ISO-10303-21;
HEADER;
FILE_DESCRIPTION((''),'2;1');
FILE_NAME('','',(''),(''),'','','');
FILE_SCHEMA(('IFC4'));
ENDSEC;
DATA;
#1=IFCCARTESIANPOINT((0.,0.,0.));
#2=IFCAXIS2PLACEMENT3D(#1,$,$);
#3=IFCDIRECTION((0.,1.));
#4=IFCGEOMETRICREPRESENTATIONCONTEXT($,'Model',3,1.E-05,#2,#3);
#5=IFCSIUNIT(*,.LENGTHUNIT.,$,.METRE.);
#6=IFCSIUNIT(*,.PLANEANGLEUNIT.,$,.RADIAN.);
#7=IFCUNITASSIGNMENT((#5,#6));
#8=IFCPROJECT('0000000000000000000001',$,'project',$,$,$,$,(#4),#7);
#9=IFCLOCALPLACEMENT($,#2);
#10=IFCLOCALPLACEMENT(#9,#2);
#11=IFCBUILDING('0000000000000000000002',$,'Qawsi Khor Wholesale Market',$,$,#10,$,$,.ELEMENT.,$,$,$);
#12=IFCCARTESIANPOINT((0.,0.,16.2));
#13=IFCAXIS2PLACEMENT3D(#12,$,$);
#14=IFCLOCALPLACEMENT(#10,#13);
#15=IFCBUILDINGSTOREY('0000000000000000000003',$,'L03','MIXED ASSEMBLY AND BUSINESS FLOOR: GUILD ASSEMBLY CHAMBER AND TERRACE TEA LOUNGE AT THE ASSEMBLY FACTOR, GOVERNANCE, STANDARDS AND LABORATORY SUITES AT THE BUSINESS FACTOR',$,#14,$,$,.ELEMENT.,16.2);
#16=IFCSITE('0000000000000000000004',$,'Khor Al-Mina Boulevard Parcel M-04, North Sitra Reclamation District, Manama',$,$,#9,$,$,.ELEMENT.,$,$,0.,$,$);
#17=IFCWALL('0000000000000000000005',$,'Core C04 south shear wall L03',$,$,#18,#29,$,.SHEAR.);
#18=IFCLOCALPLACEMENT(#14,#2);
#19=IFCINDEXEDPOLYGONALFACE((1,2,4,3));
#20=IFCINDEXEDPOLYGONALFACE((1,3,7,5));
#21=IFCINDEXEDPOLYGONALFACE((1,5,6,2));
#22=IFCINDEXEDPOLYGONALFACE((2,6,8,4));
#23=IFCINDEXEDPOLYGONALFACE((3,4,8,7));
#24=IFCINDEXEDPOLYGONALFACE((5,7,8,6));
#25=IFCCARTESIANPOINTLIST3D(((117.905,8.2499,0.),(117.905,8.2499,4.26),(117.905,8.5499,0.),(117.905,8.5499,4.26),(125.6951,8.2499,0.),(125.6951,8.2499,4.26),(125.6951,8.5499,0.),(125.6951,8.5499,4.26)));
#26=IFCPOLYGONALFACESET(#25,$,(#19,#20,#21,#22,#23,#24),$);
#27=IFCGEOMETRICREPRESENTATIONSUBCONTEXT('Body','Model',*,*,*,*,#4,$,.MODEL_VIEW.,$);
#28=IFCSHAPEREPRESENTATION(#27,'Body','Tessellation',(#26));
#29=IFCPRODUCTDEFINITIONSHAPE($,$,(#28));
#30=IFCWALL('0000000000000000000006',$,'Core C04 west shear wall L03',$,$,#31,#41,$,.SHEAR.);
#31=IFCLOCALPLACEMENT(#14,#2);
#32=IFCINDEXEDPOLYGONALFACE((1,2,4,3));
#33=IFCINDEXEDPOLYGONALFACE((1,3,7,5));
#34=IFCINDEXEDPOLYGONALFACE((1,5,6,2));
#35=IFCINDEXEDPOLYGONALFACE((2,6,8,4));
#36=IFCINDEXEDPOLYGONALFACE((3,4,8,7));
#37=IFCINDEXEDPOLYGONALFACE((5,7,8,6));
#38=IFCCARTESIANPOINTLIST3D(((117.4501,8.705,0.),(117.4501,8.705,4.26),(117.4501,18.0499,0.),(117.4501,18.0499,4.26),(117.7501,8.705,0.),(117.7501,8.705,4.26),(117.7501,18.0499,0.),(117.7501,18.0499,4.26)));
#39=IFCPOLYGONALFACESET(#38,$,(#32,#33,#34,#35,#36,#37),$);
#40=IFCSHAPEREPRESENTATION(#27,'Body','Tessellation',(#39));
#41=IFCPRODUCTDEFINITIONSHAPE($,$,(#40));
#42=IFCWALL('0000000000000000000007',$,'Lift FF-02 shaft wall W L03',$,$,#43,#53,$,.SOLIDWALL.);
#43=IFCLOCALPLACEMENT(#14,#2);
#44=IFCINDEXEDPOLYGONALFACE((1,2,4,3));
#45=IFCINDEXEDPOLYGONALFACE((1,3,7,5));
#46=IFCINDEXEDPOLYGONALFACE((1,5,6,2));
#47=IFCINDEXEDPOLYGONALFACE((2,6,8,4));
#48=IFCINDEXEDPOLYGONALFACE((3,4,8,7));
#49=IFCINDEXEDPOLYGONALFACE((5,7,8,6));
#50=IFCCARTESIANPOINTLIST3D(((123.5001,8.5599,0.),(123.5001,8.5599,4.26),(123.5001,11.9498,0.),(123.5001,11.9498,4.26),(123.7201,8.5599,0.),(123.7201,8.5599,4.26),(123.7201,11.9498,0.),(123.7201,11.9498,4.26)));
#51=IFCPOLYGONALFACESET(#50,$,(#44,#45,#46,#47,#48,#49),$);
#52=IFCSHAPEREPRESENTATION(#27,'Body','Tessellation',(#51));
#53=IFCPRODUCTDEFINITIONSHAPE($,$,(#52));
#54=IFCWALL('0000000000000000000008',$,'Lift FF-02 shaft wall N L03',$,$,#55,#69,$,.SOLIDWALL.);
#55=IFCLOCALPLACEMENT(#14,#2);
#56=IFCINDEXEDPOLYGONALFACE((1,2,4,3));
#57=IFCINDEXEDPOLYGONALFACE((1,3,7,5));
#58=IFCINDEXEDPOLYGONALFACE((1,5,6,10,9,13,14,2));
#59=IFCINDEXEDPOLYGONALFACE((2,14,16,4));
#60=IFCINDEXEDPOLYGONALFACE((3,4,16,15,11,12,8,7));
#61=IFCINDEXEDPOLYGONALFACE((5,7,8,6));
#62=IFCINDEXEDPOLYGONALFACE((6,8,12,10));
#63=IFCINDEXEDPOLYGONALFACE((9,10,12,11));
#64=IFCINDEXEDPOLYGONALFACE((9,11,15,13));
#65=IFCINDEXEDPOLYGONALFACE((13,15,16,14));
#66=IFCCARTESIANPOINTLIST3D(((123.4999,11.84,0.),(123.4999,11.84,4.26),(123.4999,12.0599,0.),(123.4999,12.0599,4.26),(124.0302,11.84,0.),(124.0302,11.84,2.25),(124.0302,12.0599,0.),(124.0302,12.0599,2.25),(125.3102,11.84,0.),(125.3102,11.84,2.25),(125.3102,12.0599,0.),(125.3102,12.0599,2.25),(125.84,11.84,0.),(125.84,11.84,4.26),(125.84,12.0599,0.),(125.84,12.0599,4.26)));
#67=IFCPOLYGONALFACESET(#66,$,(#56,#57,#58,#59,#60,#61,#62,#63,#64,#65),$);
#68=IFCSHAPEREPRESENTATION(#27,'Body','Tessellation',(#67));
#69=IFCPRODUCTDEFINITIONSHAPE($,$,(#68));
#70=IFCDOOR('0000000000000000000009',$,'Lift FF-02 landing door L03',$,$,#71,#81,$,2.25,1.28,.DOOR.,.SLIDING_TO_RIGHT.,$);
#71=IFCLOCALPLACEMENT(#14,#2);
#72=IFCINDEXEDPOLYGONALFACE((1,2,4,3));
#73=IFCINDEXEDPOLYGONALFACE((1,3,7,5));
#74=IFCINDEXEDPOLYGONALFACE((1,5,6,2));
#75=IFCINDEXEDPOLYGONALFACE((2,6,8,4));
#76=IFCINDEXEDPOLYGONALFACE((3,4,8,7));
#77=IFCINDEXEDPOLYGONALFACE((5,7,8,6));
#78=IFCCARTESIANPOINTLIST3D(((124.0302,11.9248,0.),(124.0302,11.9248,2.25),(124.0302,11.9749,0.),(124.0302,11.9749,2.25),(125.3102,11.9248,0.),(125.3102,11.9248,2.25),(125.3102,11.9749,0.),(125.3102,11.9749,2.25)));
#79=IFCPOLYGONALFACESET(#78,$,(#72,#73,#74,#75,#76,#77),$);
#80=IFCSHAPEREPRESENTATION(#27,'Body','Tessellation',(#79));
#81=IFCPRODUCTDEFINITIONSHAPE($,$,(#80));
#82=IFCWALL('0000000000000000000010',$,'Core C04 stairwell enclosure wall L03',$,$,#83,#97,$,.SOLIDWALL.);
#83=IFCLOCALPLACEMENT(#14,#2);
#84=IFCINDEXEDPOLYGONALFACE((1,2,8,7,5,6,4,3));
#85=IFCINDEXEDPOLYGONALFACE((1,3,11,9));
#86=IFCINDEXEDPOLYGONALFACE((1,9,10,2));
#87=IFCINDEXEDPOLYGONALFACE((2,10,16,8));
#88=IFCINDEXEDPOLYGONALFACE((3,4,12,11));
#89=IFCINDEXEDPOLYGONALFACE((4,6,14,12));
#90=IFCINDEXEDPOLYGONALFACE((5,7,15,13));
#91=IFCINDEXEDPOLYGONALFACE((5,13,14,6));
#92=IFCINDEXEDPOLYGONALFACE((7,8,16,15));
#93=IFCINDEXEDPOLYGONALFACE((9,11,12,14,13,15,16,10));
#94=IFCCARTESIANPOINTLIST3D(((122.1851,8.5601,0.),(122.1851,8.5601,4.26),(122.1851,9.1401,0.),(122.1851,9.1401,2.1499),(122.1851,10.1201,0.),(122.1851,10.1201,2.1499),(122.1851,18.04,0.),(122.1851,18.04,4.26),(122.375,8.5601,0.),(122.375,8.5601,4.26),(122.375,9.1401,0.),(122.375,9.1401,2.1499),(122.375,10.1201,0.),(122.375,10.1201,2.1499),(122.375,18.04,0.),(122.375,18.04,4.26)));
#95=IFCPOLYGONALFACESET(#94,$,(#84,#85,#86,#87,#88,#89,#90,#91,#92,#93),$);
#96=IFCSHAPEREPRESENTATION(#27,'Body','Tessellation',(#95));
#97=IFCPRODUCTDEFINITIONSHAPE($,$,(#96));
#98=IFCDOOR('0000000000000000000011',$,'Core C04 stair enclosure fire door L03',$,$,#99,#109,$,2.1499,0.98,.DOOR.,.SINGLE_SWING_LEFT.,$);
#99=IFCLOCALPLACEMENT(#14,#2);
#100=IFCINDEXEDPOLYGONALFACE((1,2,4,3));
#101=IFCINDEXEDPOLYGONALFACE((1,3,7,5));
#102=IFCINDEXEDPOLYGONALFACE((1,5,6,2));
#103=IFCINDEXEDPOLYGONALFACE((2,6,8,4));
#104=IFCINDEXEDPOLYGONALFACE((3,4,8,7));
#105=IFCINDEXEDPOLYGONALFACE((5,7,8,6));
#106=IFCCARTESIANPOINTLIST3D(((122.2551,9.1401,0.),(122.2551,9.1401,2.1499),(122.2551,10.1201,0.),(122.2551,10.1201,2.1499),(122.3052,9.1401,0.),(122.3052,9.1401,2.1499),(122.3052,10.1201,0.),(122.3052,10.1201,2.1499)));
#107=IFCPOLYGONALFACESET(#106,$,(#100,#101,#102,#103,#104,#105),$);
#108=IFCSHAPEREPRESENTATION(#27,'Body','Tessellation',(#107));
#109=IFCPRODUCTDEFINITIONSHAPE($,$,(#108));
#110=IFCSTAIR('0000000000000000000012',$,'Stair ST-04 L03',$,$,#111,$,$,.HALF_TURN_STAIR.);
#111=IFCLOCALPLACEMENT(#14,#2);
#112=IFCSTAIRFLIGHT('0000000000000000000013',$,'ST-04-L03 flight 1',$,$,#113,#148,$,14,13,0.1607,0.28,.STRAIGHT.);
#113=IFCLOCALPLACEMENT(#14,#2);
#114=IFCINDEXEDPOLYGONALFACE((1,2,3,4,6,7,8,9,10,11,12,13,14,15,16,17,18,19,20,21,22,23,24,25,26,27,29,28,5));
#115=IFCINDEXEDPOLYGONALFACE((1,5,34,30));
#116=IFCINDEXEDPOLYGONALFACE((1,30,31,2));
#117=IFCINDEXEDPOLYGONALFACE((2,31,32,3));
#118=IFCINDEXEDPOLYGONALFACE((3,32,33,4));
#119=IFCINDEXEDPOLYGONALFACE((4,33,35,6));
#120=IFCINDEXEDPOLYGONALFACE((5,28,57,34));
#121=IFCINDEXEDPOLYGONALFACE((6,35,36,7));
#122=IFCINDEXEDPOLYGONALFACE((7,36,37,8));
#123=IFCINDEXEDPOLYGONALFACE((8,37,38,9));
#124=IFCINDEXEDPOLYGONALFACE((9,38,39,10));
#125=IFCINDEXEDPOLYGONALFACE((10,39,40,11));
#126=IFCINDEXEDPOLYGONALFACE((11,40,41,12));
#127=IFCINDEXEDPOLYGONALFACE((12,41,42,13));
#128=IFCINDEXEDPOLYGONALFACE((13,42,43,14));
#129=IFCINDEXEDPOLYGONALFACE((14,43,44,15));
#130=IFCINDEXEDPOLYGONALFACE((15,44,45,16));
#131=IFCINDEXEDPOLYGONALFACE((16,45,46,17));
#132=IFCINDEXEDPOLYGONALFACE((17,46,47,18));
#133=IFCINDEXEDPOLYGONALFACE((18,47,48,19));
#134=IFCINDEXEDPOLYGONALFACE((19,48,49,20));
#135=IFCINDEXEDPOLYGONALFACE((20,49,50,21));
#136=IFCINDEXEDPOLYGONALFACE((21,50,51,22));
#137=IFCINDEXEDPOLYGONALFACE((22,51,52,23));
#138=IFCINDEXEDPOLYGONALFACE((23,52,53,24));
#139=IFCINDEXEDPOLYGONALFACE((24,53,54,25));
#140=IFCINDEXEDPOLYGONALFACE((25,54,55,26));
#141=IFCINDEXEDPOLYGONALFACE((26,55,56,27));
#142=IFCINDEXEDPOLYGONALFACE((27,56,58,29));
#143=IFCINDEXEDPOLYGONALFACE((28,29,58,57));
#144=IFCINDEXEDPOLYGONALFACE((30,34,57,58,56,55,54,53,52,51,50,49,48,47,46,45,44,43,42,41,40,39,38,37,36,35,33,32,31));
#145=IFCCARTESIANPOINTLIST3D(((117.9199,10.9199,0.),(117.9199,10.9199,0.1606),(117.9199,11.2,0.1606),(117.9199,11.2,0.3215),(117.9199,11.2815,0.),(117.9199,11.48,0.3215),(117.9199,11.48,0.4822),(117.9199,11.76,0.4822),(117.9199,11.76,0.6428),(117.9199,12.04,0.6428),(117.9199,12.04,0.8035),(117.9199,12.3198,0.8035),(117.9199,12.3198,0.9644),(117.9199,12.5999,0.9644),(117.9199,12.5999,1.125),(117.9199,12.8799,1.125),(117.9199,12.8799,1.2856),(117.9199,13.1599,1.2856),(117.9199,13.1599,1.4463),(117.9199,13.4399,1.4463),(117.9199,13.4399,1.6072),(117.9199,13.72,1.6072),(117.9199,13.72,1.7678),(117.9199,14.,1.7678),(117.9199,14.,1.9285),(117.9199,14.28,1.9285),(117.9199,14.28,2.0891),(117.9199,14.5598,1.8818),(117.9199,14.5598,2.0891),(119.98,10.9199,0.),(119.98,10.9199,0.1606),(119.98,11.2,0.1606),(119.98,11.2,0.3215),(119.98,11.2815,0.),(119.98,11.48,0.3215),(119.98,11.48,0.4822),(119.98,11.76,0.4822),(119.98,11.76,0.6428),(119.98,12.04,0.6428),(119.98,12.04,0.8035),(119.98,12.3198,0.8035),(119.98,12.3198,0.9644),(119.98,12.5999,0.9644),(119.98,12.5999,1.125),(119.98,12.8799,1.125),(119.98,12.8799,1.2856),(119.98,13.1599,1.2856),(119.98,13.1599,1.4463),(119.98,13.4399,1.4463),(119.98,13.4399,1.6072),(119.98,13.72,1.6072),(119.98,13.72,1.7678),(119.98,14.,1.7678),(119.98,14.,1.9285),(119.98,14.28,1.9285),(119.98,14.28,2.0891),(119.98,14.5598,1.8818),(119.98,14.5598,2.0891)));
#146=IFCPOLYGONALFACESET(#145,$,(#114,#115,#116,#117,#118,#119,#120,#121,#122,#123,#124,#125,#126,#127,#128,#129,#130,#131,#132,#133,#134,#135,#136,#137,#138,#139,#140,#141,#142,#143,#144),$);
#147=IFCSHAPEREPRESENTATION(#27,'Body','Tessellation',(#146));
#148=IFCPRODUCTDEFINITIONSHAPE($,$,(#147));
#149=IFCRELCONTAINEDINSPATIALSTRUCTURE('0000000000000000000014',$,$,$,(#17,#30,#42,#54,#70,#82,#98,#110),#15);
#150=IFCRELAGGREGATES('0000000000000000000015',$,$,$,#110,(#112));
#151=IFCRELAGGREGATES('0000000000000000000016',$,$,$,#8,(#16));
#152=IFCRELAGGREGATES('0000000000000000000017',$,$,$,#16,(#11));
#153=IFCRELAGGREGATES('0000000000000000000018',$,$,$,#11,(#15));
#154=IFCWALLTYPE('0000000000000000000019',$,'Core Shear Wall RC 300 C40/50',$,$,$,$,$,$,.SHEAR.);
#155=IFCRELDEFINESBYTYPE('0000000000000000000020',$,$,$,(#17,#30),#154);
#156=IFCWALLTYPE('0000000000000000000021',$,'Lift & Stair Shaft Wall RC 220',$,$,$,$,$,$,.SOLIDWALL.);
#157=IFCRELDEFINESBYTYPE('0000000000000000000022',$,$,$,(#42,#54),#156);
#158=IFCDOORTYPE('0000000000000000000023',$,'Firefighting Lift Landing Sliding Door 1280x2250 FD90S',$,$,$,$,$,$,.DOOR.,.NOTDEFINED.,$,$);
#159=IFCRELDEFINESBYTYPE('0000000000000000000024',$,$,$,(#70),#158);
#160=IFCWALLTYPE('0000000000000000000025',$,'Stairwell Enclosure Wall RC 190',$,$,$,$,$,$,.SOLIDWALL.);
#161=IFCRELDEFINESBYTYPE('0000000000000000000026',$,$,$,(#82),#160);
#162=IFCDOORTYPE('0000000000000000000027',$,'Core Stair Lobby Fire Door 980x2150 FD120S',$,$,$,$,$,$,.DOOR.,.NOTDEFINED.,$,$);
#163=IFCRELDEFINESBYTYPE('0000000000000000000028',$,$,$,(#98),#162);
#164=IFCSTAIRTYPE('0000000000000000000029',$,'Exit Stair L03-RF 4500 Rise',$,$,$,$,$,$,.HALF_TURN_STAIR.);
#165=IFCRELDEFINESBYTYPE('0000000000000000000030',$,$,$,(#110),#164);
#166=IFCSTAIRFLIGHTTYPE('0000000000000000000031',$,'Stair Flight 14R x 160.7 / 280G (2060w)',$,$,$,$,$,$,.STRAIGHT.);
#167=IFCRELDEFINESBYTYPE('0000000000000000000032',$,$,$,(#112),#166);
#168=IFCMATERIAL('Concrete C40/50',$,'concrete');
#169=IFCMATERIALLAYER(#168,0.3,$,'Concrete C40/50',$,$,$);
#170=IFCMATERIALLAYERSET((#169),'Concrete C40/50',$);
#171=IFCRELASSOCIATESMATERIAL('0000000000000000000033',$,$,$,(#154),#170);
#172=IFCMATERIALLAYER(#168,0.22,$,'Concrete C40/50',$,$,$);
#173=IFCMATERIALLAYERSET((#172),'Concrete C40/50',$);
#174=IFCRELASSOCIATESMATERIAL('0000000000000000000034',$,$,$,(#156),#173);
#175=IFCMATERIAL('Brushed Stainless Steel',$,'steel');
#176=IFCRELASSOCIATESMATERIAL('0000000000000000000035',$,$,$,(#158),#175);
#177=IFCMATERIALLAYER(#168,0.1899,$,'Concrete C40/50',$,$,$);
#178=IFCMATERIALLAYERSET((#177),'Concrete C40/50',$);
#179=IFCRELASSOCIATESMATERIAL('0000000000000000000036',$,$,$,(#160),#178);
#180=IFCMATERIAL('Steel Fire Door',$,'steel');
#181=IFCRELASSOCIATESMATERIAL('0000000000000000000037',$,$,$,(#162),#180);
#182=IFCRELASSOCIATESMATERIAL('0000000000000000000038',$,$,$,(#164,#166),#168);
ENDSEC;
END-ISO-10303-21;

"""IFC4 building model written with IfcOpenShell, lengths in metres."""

from ifc_helpers import new_model, si_unit, direction, frame, frame_2d, origin, place, context, subcontext, project, spatial, polyline, rectangle, outline, extrude, material, layer, layer_set, type_object, element, fill, aggregate, save


model = new_model("IFC4")

# Units and contexts
model_context = context("Model", 3, precision=1e-05, world=origin(), true_north=direction((0.0, 1.0)))
body_context = subcontext(model_context, "Body", "Model", "MODEL_VIEW")
ifc_project = project(units=[si_unit("LENGTHUNIT", "METRE"), si_unit("PLANEANGLEUNIT", "RADIAN")], contexts=[model_context])

# Site, building, storey
site_placement = place(None, origin())
site = spatial("IfcSite", under=ifc_project, at=site_placement, Name="Khor Al-Mina Boulevard Parcel M-04, North Sitra Reclamation District, Manama", CompositionType="ELEMENT", RefElevation=0.0)
building_placement = place(site_placement, origin())
building = spatial("IfcBuilding", under=site, at=building_placement, Name="Qawsi Khor Wholesale Market", CompositionType="ELEMENT")
storey_placement = place(building_placement, frame((0.0, 0.0, 16.2)))
storey = spatial("IfcBuildingStorey", under=building, at=storey_placement, Name="L03", Description="MIXED ASSEMBLY AND BUSINESS FLOOR: GUILD ASSEMBLY CHAMBER AND TERRACE TEA LOUNGE AT THE ASSEMBLY FACTOR, GOVERNANCE, STANDARDS AND LABORATORY SUITES AT THE BUSINESS FACTOR", CompositionType="ELEMENT", Elevation=16.2)

# Shared definitions
ifc_material_1 = material(Name="Concrete C40/50", Category="concrete")

# Walls
ifc_layer_1 = layer(ifc_material_1, 0.3, Name="Concrete C40/50")
ifc_layer_set_1 = layer_set([ifc_layer_1], Name="Concrete C40/50")
wall_type_1 = type_object("IfcWallType", Name="Core Shear Wall RC 300 C40/50", PredefinedType="SHEAR", material=ifc_layer_set_1)
wall_1_placement = place(storey_placement, frame((125.6951, 8.3999, 0.0), z_axis=(0.0, 0.0, 1.0), x_axis=(-1.0, 0.0, 0.0)))
element("IfcWall", 1, at=wall_1_placement, inside=storey, type_object=wall_type_1, Name="Core C04 south shear wall L03", PredefinedType="SHEAR", context=body_context, shape_type="SweptSolid", body=[
    extrude(rectangle(XDim=7.79, YDim=0.3, at=frame_2d((3.895, 0.0))), origin(), (0.0, 0.0, 1.0), 4.26),
])
wall_2_placement = place(storey_placement, frame((117.6001, 8.7051, 0.0), z_axis=(0.0, 0.0, 1.0), x_axis=(0.0, 1.0, 0.0)))
element("IfcWall", 2, at=wall_2_placement, inside=storey, type_object=wall_type_1, Name="Core C04 west shear wall L03", PredefinedType="SHEAR", context=body_context, shape_type="SweptSolid", body=[
    extrude(rectangle(XDim=9.345, YDim=0.3, at=frame_2d((4.6724, 0.0))), origin(), (0.0, 0.0, 1.0), 4.26),
])
ifc_layer_2 = layer(ifc_material_1, 0.22, Name="Concrete C40/50")
ifc_layer_set_2 = layer_set([ifc_layer_2], Name="Concrete C40/50")
wall_type_2 = type_object("IfcWallType", Name="Lift & Stair Shaft Wall RC 220", PredefinedType="SOLIDWALL", material=ifc_layer_set_2)
wall_3_placement = place(storey_placement, frame((123.6101, 8.5601, 0.0), z_axis=(0.0, 0.0, 1.0), x_axis=(0.0, 1.0, 0.0)))
element("IfcWall", 3, at=wall_3_placement, inside=storey, type_object=wall_type_2, Name="Lift FF-02 shaft wall W L03", PredefinedType="SOLIDWALL", context=body_context, shape_type="SweptSolid", body=[
    extrude(rectangle(XDim=3.3899, YDim=0.22, at=frame_2d((1.6948, 0.0))), origin(), (0.0, 0.0, 1.0), 4.26),
])

# Walls, openings, doors
wall_4_placement = place(storey_placement, frame((123.5, 11.95, 0.0), z_axis=(0.0, 0.0, 1.0), x_axis=(1.0, 0.0, 0.0)))
wall_4 = element("IfcWall", 4, at=wall_4_placement, inside=storey, type_object=wall_type_2, Name="Lift FF-02 shaft wall N L03", PredefinedType="SOLIDWALL", context=body_context, shape_type="SweptSolid", body=[
    extrude(rectangle(XDim=2.3401, YDim=0.22, at=frame_2d((1.1699, 0.0))), origin(), (0.0, 0.0, 1.0), 4.26),
])
opening_1_placement = place(wall_4_placement, frame((0.53, 0.0, 0.0)))
opening_1 = element("IfcOpeningElement", 5, at=opening_1_placement, cuts=wall_4, PredefinedType="OPENING", context=body_context, shape_type="SweptSolid", body=[
    extrude(rectangle(XDim=1.28, YDim=2.25, at=frame_2d((0.6401, 1.125))), frame((0.0, 0.1199, 0.0), z_axis=(0.0, -1.0, 0.0), x_axis=(1.0, 0.0, 0.0)), (0.0, 0.0, 1.0), 0.24),
])
ifc_material_2 = material(Name="Brushed Stainless Steel", Category="steel")
door_type_1 = type_object("IfcDoorType", Name="Firefighting Lift Landing Sliding Door 1280x2250 FD90S", OperationType="NOTDEFINED", PredefinedType="DOOR", material=ifc_material_2)
door_1_placement = place(opening_1_placement, origin())
door_1 = element("IfcDoor", 6, at=door_1_placement, inside=storey, type_object=door_type_1, Name="Lift FF-02 landing door L03", OperationType="SLIDING_TO_RIGHT", OverallHeight=2.25, OverallWidth=1.28, PredefinedType="DOOR", context=body_context, shape_type="SweptSolid", body=[
    extrude(rectangle(XDim=1.28, YDim=2.25, at=frame_2d((0.6401, 1.125))), frame((0.0, 0.0249, 0.0), z_axis=(0.0, -1.0, 0.0), x_axis=(1.0, 0.0, 0.0)), (0.0, 0.0, 1.0), 0.05),
])
fill(opening_1, door_1)
ifc_layer_3 = layer(ifc_material_1, 0.1899, Name="Concrete C40/50")
ifc_layer_set_3 = layer_set([ifc_layer_3], Name="Concrete C40/50")
wall_type_3 = type_object("IfcWallType", Name="Stairwell Enclosure Wall RC 190", PredefinedType="SOLIDWALL", material=ifc_layer_set_3)
wall_5_placement = place(storey_placement, frame((122.28, 8.5601, 0.0), z_axis=(0.0, 0.0, 1.0), x_axis=(0.0, 1.0, 0.0)))
wall_5 = element("IfcWall", 7, at=wall_5_placement, inside=storey, type_object=wall_type_3, Name="Core C04 stairwell enclosure wall L03", PredefinedType="SOLIDWALL", context=body_context, shape_type="SweptSolid", body=[
    extrude(rectangle(XDim=9.48, YDim=0.1899, at=frame_2d((4.74, 0.0))), origin(), (0.0, 0.0, 1.0), 4.26),
])
opening_2_placement = place(wall_5_placement, frame((0.5801, 0.0, 0.0)))
opening_2 = element("IfcOpeningElement", 8, at=opening_2_placement, cuts=wall_5, PredefinedType="OPENING", context=body_context, shape_type="SweptSolid", body=[
    extrude(rectangle(XDim=0.98, YDim=2.1499, at=frame_2d((0.49, 1.075))), frame((0.0, 0.105, 0.0), z_axis=(0.0, -1.0, 0.0), x_axis=(1.0, 0.0, 0.0)), (0.0, 0.0, 1.0), 0.21),
])
ifc_material_3 = material(Name="Steel Fire Door", Category="steel")
door_type_2 = type_object("IfcDoorType", Name="Core Stair Lobby Fire Door 980x2150 FD120S", OperationType="NOTDEFINED", PredefinedType="DOOR", material=ifc_material_3)
door_2_placement = place(opening_2_placement, origin())
door_2 = element("IfcDoor", 9, at=door_2_placement, inside=storey, type_object=door_type_2, Name="Core C04 stair enclosure fire door L03", OperationType="SINGLE_SWING_LEFT", OverallHeight=2.1499, OverallWidth=0.98, PredefinedType="DOOR", context=body_context, shape_type="SweptSolid", body=[
    extrude(rectangle(XDim=0.98, YDim=2.1499, at=frame_2d((0.49, 1.075))), frame((0.0, 0.0249, 0.0), z_axis=(0.0, -1.0, 0.0), x_axis=(1.0, 0.0, 0.0)), (0.0, 0.0, 1.0), 0.05),
])
fill(opening_2, door_2)

# Stair, stair flight
stair_type = type_object("IfcStairType", Name="Exit Stair L03-RF 4500 Rise", PredefinedType="HALF_TURN_STAIR", material=ifc_material_1)
stair_placement = place(storey_placement, origin())
stair = element("IfcStair", 10, at=stair_placement, inside=storey, type_object=stair_type, Name="Stair ST-04 L03", PredefinedType="HALF_TURN_STAIR")
stair_flight_type = type_object("IfcStairFlightType", Name="Stair Flight 14R x 160.7 / 280G (2060w)", PredefinedType="STRAIGHT", material=ifc_material_1)
stair_flight_placement = place(storey_placement, frame((118.95, 10.9199, 0.0), z_axis=(0.0, 0.0, 1.0), x_axis=(0.0, 1.0, 0.0)))
stair_flight = element("IfcStairFlight", 11, at=stair_flight_placement, type_object=stair_flight_type, Name="ST-04-L03 flight 1", NumberOfRisers=14, NumberOfTreads=13, PredefinedType="STRAIGHT", RiserHeight=0.1607, TreadLength=0.28, context=body_context, shape_type="SweptSolid", body=[
    extrude(outline(polyline([(0.0, 0.0), (0.0, 0.1606), (0.28, 0.1606), (0.28, 0.3215), (0.5601, 0.3215), (0.5601, 0.4822), (0.8401, 0.4822), (0.8401, 0.6428), (1.1201, 0.6428), (1.1201, 0.8035), (1.3999, 0.8035), (1.3999, 0.9644), (1.6799, 0.9644), (1.6799, 1.125), (1.96, 1.125), (1.96, 1.2856), (2.24, 1.2856), (2.24, 1.4463), (2.52, 1.4463), (2.52, 1.6072), (2.8, 1.6072), (2.8, 1.7678), (3.0801, 1.7678), (3.0801, 1.9285), (3.3601, 1.9285), (3.3601, 2.0891), (3.6399, 2.0891), (3.6399, 2.25), (3.6399, 1.8818), (0.3616, 0.0), (0.0, 0.0)])), frame((0.0, 1.03, 0.0), z_axis=(0.0, -1.0, 0.0), x_axis=(1.0, 0.0, 0.0)), (0.0, 0.0, 1.0), 2.0601),
])
aggregate(stair, [stair_flight])

save(model, "model.ifc")
